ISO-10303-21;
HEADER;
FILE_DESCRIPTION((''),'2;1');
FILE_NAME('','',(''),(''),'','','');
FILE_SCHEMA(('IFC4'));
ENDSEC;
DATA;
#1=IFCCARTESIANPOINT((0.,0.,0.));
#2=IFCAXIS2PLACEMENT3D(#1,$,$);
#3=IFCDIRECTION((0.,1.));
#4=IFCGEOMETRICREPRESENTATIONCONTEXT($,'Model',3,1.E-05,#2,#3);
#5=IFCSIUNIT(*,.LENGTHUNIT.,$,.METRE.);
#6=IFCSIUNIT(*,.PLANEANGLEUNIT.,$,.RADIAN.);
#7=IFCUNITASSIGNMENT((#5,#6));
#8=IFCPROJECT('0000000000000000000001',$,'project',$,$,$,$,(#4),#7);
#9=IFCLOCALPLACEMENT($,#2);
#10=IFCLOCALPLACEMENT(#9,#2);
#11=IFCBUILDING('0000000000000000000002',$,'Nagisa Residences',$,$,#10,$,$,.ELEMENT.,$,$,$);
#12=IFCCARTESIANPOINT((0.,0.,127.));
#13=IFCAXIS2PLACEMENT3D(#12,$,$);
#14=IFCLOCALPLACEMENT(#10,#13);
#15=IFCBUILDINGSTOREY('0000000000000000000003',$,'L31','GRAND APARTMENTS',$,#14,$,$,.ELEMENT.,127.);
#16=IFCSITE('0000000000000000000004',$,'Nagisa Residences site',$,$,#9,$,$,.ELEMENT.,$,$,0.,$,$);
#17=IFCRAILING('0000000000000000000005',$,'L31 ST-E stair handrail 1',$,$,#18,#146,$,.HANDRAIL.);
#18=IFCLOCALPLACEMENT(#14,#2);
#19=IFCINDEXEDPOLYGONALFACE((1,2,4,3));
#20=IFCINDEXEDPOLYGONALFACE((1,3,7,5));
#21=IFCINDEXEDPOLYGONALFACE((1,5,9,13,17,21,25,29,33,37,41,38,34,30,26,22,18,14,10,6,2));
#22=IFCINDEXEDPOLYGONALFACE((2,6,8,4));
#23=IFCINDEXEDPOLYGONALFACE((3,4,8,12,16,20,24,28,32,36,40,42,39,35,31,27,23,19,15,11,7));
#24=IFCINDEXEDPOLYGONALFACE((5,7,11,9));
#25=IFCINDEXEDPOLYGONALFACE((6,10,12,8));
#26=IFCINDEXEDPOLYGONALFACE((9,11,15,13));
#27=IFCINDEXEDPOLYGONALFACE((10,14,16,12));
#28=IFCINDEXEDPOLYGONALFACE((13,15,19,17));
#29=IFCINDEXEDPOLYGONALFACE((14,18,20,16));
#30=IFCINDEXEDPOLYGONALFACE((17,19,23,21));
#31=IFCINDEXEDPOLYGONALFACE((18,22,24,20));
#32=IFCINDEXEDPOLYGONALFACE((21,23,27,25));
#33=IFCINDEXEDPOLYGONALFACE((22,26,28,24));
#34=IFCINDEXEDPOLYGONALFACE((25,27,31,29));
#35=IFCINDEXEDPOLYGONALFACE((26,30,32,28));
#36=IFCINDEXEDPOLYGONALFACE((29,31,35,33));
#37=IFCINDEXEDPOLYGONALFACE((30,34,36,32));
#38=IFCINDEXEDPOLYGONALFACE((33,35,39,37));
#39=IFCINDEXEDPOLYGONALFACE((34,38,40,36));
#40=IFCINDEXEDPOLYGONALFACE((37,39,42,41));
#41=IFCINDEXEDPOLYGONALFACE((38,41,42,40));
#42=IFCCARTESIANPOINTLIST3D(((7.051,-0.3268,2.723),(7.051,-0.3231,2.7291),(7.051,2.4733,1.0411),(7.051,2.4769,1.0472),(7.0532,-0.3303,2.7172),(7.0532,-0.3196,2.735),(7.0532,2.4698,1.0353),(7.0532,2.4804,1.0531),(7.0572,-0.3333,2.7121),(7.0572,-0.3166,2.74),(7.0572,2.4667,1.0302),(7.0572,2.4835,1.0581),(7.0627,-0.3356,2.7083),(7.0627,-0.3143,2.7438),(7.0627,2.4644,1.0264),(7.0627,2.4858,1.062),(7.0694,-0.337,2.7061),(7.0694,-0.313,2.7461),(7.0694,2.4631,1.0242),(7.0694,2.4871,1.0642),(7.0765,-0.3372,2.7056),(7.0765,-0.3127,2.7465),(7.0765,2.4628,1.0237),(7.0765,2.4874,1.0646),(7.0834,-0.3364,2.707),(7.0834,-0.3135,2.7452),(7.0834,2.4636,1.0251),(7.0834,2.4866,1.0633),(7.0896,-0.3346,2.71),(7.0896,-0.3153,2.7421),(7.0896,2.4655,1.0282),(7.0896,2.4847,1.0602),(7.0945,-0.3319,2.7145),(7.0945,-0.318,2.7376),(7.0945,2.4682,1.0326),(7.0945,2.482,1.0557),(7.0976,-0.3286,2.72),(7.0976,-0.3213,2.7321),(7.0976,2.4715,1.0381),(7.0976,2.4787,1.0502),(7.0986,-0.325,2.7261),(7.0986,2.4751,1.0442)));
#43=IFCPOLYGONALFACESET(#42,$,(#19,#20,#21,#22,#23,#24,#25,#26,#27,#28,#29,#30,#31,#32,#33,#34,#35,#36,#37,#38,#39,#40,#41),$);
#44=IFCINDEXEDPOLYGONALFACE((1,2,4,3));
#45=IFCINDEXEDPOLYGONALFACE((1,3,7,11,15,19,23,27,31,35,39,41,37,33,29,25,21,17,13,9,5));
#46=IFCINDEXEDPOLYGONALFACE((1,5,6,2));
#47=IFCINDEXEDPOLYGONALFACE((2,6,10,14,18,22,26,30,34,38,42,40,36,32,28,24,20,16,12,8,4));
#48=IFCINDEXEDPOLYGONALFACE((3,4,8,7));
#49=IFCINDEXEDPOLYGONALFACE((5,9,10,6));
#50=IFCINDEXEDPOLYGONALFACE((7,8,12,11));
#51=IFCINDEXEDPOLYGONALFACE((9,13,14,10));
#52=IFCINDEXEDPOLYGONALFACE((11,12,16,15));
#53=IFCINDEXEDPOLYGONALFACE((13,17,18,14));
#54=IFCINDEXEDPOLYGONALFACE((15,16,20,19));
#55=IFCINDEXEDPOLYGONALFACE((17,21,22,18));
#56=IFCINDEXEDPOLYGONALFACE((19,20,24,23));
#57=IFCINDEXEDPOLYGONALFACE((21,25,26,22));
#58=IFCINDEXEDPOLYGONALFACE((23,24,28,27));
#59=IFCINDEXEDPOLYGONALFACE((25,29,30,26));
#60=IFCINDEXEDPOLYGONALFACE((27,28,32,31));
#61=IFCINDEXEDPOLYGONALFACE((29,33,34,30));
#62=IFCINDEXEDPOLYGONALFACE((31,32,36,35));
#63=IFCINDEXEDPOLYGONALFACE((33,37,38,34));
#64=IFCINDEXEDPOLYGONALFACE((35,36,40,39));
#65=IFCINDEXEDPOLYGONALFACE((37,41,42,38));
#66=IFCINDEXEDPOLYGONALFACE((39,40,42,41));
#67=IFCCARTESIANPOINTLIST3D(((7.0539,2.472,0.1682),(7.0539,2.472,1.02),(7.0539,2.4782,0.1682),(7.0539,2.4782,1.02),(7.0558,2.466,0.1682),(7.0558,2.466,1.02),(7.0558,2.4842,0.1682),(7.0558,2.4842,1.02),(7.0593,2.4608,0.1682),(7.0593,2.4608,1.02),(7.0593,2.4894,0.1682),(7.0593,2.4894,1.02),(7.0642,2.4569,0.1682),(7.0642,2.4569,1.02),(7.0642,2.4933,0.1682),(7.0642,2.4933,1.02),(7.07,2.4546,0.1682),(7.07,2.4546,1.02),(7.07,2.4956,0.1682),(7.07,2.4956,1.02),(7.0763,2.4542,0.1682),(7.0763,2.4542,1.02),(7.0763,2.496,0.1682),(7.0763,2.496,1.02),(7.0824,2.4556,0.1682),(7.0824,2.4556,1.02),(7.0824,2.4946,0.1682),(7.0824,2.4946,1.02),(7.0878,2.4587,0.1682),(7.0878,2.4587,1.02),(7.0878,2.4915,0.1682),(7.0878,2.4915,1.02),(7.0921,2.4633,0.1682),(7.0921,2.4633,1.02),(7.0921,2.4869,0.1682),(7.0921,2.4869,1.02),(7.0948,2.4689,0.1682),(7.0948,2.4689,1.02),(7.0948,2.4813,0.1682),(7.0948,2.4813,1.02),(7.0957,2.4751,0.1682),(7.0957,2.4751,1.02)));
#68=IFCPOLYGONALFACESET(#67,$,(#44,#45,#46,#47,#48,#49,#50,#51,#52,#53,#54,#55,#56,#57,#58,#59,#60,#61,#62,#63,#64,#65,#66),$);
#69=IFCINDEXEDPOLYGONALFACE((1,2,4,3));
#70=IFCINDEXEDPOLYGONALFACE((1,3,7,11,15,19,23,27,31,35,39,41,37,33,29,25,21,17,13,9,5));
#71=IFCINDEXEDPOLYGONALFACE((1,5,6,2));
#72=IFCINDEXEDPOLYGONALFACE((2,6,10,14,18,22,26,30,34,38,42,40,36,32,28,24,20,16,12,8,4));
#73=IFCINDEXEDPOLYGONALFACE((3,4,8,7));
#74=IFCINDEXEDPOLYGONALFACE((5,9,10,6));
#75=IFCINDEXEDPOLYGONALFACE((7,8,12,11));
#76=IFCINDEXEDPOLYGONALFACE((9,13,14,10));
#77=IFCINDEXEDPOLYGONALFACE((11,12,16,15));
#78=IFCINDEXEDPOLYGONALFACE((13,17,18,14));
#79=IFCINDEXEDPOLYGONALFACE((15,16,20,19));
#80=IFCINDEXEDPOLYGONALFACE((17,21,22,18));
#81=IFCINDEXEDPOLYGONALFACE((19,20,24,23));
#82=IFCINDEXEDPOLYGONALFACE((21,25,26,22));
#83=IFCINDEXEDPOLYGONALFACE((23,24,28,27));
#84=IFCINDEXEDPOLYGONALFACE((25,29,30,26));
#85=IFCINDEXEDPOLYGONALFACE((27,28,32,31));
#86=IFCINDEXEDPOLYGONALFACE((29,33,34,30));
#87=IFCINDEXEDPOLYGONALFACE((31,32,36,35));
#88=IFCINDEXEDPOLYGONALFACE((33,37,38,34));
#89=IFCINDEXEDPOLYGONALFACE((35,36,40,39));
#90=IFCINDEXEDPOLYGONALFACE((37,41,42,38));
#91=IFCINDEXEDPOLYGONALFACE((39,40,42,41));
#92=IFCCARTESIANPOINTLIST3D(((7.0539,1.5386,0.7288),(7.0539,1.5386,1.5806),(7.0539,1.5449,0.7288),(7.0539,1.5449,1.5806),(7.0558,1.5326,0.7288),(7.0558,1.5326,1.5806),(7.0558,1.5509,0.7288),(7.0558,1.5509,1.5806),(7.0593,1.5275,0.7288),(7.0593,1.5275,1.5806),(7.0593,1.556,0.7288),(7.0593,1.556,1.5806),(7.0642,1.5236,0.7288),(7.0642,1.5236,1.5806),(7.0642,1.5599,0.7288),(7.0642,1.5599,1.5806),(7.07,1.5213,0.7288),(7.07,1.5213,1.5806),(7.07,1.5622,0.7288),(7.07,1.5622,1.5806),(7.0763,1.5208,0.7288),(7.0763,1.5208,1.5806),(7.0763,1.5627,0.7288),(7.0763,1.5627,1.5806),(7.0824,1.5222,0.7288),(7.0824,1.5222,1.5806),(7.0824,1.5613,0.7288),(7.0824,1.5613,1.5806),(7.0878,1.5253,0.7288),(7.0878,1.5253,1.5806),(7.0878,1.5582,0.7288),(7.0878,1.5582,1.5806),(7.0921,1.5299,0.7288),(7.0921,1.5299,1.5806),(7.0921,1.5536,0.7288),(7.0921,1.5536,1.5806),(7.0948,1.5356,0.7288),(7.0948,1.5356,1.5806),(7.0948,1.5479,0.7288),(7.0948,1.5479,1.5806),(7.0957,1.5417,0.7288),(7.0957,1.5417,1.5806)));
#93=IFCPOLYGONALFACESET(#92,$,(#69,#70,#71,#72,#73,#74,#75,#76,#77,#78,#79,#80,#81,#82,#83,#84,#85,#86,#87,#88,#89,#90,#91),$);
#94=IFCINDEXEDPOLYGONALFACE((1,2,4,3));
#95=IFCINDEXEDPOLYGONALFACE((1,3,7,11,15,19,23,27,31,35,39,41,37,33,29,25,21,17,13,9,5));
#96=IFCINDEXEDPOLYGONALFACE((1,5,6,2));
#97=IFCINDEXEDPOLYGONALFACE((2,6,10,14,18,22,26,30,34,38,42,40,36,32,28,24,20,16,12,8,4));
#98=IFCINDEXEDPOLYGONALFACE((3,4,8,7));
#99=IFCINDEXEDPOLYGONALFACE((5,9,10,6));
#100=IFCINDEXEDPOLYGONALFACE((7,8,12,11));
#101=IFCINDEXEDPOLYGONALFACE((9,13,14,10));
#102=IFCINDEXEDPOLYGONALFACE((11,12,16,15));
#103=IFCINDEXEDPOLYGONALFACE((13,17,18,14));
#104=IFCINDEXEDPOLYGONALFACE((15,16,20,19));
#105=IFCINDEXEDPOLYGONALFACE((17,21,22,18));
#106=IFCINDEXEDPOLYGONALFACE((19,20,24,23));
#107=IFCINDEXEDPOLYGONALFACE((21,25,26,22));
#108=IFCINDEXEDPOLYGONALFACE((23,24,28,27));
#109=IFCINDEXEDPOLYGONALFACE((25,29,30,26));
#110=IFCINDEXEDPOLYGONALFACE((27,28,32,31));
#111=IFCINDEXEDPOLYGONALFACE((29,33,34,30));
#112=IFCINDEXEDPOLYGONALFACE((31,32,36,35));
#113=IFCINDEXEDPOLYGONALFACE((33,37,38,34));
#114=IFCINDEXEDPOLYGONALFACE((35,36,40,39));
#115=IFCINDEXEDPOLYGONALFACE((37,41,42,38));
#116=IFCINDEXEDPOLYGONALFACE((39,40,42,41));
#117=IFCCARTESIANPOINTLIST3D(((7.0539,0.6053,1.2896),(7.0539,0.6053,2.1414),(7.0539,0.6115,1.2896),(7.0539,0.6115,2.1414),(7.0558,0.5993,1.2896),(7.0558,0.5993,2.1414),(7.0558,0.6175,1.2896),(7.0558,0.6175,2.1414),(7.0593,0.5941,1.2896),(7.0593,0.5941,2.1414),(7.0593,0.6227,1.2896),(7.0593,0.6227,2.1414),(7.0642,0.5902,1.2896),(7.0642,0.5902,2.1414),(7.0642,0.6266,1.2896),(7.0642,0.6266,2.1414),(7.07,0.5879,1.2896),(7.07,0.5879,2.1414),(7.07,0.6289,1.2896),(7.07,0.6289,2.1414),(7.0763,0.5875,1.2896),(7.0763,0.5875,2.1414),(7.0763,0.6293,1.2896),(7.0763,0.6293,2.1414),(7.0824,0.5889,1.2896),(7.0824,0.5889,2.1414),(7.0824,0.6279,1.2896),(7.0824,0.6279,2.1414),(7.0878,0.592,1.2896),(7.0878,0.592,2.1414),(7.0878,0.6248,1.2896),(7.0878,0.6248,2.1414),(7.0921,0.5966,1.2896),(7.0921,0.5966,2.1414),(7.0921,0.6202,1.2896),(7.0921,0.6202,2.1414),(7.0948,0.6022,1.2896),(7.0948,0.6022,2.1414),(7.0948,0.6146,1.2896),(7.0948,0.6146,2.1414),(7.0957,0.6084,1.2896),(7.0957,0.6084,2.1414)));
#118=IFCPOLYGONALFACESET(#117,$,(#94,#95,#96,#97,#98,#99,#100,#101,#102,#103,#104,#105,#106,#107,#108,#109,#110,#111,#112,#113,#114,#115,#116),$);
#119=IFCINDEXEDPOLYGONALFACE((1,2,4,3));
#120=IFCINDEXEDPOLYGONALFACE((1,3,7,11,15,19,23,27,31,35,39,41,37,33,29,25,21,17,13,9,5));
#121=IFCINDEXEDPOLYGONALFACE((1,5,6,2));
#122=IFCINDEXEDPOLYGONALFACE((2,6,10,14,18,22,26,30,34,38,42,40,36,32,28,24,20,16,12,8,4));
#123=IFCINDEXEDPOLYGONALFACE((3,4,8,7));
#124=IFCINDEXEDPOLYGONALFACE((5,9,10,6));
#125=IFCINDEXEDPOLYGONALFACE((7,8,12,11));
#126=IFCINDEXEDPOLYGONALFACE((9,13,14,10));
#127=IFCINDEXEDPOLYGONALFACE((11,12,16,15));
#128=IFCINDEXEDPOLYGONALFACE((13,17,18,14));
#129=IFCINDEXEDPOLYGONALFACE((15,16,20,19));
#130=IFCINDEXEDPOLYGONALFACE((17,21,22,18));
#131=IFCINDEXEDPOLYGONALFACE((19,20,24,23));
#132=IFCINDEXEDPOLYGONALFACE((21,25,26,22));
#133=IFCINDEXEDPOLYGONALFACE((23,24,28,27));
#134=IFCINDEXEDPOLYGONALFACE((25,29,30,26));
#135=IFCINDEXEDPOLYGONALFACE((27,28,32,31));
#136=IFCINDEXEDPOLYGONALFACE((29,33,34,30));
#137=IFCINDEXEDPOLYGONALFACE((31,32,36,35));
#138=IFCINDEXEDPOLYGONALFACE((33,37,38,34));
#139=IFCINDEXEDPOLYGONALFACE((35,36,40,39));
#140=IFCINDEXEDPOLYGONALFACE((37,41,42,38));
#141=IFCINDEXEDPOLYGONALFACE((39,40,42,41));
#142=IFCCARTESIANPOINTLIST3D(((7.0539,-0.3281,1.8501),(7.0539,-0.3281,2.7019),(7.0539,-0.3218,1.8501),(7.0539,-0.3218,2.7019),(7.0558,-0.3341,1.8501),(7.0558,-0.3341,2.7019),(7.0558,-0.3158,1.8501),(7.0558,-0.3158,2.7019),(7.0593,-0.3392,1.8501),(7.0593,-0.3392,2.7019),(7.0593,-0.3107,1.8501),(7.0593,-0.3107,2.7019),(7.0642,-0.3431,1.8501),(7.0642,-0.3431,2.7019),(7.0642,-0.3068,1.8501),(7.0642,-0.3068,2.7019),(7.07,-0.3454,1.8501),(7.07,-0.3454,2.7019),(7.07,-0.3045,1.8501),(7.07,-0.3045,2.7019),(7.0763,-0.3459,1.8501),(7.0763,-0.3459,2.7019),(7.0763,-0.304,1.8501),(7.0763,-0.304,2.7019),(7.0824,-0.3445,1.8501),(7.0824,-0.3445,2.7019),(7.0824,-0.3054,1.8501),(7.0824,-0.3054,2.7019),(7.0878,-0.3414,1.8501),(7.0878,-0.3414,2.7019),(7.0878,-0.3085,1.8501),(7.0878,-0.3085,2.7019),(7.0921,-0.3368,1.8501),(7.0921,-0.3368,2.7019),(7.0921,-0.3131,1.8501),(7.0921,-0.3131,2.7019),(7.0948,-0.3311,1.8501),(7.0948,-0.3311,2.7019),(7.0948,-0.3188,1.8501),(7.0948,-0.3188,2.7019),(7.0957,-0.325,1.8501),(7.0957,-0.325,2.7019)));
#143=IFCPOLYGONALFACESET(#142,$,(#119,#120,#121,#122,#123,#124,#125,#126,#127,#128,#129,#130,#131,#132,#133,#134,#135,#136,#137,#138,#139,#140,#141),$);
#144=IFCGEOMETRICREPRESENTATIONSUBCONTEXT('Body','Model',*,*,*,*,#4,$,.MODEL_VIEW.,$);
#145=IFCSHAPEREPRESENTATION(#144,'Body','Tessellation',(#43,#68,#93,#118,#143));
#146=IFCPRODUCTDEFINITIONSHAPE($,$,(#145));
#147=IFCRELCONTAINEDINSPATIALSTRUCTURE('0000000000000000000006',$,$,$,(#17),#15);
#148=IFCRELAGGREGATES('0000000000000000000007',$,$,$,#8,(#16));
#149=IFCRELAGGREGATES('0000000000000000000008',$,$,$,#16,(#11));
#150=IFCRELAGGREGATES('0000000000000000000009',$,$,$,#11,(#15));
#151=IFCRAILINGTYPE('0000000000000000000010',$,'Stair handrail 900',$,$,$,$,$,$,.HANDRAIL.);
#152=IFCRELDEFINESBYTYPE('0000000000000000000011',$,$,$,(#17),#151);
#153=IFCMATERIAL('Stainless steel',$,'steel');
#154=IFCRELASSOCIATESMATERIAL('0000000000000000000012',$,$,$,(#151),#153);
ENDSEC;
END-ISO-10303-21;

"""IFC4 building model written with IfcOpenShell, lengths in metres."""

from ifc_helpers import new_model, si_unit, direction, frame, origin, origin_2d, place, context, subcontext, project, spatial, circle, extrude, material, type_object, element, save


model = new_model("IFC4")

# Units and contexts
model_context = context("Model", 3, precision=1e-05, world=origin(), true_north=direction((0.0, 1.0)))
body_context = subcontext(model_context, "Body", "Model", "MODEL_VIEW")
ifc_project = project(units=[si_unit("LENGTHUNIT", "METRE"), si_unit("PLANEANGLEUNIT", "RADIAN")], contexts=[model_context])

# Site, building, storey
site_placement = place(None, origin())
site = spatial("IfcSite", under=ifc_project, at=site_placement, Name="Nagisa Residences site", CompositionType="ELEMENT", RefElevation=0.0)
building_placement = place(site_placement, origin())
building = spatial("IfcBuilding", under=site, at=building_placement, Name="Nagisa Residences", CompositionType="ELEMENT")
storey_placement = place(building_placement, frame((0.0, 0.0, 127.0)))
storey = spatial("IfcBuildingStorey", under=building, at=storey_placement, Name="L31", Description="GRAND APARTMENTS", CompositionType="ELEMENT", Elevation=127.0)

# Railing
ifc_material_1 = material(Name="Stainless steel", Category="steel")
railing_type_1 = type_object("IfcRailingType", Name="Stair handrail 900", PredefinedType="HANDRAIL", material=ifc_material_1)
railing_1_placement = place(storey_placement, frame((7.0747, 2.4751, 0.1682)))
element("IfcRailing", 1, at=railing_1_placement, inside=storey, type_object=railing_type_1, Name="L31 ST-E stair handrail 1", PredefinedType="HANDRAIL", context=body_context, shape_type="SweptSolid", body=[
    extrude(circle(Radius=0.0239, at=origin_2d()), frame((0.0, 0.0, 0.876), z_axis=(0.0, -0.857242, 0.514913), x_axis=(1.0, 0.0, 0.0)), (0.0, 0.0, 1.0), 3.2664),
    extrude(circle(Radius=0.021, at=origin_2d()), origin(), (0.0, 0.0, 1.0), 0.8518),
    extrude(circle(Radius=0.021, at=origin_2d()), frame((0.0, -0.9333, 0.5605)), (0.0, 0.0, 1.0), 0.8518),
    extrude(circle(Radius=0.021, at=origin_2d()), frame((0.0, -1.8667, 1.1213)), (0.0, 0.0, 1.0), 0.8518),
    extrude(circle(Radius=0.021, at=origin_2d()), frame((0.0, -2.8, 1.6819)), (0.0, 0.0, 1.0), 0.8518),
])

save(model, "model.ifc")
